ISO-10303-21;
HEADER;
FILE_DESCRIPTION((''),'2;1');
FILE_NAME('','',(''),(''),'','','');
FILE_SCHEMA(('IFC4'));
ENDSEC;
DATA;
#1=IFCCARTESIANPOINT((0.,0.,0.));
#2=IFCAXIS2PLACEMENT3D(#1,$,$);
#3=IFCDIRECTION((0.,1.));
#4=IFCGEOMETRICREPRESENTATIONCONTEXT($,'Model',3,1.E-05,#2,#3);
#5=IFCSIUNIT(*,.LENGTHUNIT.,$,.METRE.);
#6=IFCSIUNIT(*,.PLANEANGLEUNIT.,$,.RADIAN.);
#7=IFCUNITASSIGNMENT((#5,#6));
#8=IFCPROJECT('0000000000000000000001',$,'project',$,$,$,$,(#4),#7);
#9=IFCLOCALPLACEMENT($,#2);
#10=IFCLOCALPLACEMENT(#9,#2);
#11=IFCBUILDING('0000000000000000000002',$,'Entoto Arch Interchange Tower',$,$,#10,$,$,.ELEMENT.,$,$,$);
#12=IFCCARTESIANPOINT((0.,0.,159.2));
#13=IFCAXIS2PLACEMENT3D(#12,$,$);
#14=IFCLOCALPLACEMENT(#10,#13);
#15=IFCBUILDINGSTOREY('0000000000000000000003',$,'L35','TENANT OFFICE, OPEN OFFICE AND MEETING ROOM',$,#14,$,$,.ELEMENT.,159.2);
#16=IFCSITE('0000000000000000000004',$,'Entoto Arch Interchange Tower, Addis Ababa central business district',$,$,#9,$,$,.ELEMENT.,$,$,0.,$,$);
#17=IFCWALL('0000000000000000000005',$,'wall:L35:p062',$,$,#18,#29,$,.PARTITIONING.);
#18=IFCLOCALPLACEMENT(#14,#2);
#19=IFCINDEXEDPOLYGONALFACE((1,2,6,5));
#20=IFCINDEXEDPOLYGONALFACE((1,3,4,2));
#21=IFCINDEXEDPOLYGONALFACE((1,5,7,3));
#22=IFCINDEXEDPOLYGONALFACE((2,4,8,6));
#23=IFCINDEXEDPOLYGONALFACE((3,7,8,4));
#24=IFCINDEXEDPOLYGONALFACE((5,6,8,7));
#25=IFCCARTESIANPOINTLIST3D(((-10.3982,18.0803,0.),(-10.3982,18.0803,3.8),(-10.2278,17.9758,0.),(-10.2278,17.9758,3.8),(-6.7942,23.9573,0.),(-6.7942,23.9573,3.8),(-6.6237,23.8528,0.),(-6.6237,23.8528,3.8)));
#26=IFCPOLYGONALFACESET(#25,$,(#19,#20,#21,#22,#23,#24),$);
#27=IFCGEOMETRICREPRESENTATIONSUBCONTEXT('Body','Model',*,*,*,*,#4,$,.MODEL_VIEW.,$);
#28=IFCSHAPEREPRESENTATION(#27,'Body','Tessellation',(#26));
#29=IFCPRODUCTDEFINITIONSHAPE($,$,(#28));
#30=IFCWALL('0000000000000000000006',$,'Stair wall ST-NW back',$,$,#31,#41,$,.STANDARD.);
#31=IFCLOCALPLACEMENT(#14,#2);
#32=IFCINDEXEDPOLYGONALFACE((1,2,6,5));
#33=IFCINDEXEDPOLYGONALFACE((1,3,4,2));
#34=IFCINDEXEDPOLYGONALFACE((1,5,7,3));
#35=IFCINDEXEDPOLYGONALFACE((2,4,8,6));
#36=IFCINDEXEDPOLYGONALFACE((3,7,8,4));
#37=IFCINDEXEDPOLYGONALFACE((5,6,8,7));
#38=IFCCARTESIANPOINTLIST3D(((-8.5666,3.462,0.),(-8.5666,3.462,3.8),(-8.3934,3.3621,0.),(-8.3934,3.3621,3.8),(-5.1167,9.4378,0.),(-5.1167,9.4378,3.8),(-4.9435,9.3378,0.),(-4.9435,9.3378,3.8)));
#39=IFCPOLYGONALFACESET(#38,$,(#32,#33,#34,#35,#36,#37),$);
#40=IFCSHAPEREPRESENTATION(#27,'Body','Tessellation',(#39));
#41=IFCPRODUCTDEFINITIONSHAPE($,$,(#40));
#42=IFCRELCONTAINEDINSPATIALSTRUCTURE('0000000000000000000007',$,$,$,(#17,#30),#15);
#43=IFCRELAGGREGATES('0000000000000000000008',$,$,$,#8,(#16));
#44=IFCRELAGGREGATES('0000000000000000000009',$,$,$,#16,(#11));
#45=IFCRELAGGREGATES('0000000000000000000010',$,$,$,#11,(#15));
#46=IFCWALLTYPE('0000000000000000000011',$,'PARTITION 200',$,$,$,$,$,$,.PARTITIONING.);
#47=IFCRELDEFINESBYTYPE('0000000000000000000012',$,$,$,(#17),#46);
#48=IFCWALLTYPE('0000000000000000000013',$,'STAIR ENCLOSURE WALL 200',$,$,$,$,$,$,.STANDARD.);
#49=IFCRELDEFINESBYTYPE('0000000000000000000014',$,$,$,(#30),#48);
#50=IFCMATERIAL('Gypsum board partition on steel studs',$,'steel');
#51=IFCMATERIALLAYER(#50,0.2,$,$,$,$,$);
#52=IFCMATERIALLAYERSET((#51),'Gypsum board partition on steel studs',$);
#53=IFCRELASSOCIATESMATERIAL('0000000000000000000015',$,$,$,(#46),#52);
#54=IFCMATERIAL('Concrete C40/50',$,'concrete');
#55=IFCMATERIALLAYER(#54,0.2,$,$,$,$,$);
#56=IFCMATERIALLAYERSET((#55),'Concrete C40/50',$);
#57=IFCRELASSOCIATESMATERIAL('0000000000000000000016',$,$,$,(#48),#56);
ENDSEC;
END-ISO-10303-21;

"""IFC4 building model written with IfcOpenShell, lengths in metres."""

from ifc_helpers import new_model, si_unit, direction, frame, frame_2d, origin, place, context, subcontext, project, spatial, rectangle, extrude, material, layer, layer_set, type_object, element, save


model = new_model("IFC4")

# Units and contexts
model_context = context("Model", 3, precision=1e-05, world=origin(), true_north=direction((0.0, 1.0)))
body_context = subcontext(model_context, "Body", "Model", "MODEL_VIEW")
ifc_project = project(units=[si_unit("LENGTHUNIT", "METRE"), si_unit("PLANEANGLEUNIT", "RADIAN")], contexts=[model_context])

# Site, building, storey
site_placement = place(None, origin())
site = spatial("IfcSite", under=ifc_project, at=site_placement, Name="Entoto Arch Interchange Tower, Addis Ababa central business district", CompositionType="ELEMENT", RefElevation=0.0)
building_placement = place(site_placement, origin())
building = spatial("IfcBuilding", under=site, at=building_placement, Name="Entoto Arch Interchange Tower", CompositionType="ELEMENT")
storey_placement = place(building_placement, frame((0.0, 0.0, 159.2)))
storey = spatial("IfcBuildingStorey", under=building, at=storey_placement, Name="L35", Description="TENANT OFFICE, OPEN OFFICE AND MEETING ROOM", CompositionType="ELEMENT", Elevation=159.2)

# Shared definitions
ifc_material_1 = material(Name="Gypsum board partition on steel studs", Category="steel")

# Shared definitions
ifc_layer_1 = layer(ifc_material_1, 0.2)
ifc_layer_set_1 = layer_set([ifc_layer_1], Name="Gypsum board partition on steel studs")
wall_type_1 = type_object("IfcWallType", Name="PARTITION 200", PredefinedType="PARTITIONING", material=ifc_layer_set_1)

# Walls
wall_1_placement = place(storey_placement, frame((-10.313, 18.0281, 0.0), z_axis=(0.0, 0.0, 1.0), x_axis=(0.522773, 0.852472, 0.0)))
element("IfcWall", 1, at=wall_1_placement, inside=storey, type_object=wall_type_1, Name="wall:L35:p062", PredefinedType="PARTITIONING", context=body_context, shape_type="SweptSolid", body=[
    extrude(rectangle(XDim=6.894, YDim=0.2, at=frame_2d((3.447, 0.0))), origin(), (0.0, 0.0, 1.0), 3.8),
])
ifc_material_2 = material(Name="Concrete C40/50", Category="concrete")
ifc_layer_2 = layer(ifc_material_2, 0.2)
ifc_layer_set_2 = layer_set([ifc_layer_2], Name="Concrete C40/50")
wall_type_2 = type_object("IfcWallType", Name="STAIR ENCLOSURE WALL 200", PredefinedType="STANDARD", material=ifc_layer_set_2)
wall_2_placement = place(storey_placement, frame((-5.03, 9.3879, 0.0), z_axis=(0.0, 0.0, 1.0), x_axis=(-0.499979, -0.866038, 0.0)))
element("IfcWall", 2, at=wall_2_placement, inside=storey, type_object=wall_type_2, Name="Stair wall ST-NW back", PredefinedType="STANDARD", context=body_context, shape_type="SweptSolid", body=[
    extrude(rectangle(XDim=6.9001, YDim=0.2, at=frame_2d((3.4502, 0.0))), origin(), (0.0, 0.0, 1.0), 3.8),
])

save(model, "model.ifc")
